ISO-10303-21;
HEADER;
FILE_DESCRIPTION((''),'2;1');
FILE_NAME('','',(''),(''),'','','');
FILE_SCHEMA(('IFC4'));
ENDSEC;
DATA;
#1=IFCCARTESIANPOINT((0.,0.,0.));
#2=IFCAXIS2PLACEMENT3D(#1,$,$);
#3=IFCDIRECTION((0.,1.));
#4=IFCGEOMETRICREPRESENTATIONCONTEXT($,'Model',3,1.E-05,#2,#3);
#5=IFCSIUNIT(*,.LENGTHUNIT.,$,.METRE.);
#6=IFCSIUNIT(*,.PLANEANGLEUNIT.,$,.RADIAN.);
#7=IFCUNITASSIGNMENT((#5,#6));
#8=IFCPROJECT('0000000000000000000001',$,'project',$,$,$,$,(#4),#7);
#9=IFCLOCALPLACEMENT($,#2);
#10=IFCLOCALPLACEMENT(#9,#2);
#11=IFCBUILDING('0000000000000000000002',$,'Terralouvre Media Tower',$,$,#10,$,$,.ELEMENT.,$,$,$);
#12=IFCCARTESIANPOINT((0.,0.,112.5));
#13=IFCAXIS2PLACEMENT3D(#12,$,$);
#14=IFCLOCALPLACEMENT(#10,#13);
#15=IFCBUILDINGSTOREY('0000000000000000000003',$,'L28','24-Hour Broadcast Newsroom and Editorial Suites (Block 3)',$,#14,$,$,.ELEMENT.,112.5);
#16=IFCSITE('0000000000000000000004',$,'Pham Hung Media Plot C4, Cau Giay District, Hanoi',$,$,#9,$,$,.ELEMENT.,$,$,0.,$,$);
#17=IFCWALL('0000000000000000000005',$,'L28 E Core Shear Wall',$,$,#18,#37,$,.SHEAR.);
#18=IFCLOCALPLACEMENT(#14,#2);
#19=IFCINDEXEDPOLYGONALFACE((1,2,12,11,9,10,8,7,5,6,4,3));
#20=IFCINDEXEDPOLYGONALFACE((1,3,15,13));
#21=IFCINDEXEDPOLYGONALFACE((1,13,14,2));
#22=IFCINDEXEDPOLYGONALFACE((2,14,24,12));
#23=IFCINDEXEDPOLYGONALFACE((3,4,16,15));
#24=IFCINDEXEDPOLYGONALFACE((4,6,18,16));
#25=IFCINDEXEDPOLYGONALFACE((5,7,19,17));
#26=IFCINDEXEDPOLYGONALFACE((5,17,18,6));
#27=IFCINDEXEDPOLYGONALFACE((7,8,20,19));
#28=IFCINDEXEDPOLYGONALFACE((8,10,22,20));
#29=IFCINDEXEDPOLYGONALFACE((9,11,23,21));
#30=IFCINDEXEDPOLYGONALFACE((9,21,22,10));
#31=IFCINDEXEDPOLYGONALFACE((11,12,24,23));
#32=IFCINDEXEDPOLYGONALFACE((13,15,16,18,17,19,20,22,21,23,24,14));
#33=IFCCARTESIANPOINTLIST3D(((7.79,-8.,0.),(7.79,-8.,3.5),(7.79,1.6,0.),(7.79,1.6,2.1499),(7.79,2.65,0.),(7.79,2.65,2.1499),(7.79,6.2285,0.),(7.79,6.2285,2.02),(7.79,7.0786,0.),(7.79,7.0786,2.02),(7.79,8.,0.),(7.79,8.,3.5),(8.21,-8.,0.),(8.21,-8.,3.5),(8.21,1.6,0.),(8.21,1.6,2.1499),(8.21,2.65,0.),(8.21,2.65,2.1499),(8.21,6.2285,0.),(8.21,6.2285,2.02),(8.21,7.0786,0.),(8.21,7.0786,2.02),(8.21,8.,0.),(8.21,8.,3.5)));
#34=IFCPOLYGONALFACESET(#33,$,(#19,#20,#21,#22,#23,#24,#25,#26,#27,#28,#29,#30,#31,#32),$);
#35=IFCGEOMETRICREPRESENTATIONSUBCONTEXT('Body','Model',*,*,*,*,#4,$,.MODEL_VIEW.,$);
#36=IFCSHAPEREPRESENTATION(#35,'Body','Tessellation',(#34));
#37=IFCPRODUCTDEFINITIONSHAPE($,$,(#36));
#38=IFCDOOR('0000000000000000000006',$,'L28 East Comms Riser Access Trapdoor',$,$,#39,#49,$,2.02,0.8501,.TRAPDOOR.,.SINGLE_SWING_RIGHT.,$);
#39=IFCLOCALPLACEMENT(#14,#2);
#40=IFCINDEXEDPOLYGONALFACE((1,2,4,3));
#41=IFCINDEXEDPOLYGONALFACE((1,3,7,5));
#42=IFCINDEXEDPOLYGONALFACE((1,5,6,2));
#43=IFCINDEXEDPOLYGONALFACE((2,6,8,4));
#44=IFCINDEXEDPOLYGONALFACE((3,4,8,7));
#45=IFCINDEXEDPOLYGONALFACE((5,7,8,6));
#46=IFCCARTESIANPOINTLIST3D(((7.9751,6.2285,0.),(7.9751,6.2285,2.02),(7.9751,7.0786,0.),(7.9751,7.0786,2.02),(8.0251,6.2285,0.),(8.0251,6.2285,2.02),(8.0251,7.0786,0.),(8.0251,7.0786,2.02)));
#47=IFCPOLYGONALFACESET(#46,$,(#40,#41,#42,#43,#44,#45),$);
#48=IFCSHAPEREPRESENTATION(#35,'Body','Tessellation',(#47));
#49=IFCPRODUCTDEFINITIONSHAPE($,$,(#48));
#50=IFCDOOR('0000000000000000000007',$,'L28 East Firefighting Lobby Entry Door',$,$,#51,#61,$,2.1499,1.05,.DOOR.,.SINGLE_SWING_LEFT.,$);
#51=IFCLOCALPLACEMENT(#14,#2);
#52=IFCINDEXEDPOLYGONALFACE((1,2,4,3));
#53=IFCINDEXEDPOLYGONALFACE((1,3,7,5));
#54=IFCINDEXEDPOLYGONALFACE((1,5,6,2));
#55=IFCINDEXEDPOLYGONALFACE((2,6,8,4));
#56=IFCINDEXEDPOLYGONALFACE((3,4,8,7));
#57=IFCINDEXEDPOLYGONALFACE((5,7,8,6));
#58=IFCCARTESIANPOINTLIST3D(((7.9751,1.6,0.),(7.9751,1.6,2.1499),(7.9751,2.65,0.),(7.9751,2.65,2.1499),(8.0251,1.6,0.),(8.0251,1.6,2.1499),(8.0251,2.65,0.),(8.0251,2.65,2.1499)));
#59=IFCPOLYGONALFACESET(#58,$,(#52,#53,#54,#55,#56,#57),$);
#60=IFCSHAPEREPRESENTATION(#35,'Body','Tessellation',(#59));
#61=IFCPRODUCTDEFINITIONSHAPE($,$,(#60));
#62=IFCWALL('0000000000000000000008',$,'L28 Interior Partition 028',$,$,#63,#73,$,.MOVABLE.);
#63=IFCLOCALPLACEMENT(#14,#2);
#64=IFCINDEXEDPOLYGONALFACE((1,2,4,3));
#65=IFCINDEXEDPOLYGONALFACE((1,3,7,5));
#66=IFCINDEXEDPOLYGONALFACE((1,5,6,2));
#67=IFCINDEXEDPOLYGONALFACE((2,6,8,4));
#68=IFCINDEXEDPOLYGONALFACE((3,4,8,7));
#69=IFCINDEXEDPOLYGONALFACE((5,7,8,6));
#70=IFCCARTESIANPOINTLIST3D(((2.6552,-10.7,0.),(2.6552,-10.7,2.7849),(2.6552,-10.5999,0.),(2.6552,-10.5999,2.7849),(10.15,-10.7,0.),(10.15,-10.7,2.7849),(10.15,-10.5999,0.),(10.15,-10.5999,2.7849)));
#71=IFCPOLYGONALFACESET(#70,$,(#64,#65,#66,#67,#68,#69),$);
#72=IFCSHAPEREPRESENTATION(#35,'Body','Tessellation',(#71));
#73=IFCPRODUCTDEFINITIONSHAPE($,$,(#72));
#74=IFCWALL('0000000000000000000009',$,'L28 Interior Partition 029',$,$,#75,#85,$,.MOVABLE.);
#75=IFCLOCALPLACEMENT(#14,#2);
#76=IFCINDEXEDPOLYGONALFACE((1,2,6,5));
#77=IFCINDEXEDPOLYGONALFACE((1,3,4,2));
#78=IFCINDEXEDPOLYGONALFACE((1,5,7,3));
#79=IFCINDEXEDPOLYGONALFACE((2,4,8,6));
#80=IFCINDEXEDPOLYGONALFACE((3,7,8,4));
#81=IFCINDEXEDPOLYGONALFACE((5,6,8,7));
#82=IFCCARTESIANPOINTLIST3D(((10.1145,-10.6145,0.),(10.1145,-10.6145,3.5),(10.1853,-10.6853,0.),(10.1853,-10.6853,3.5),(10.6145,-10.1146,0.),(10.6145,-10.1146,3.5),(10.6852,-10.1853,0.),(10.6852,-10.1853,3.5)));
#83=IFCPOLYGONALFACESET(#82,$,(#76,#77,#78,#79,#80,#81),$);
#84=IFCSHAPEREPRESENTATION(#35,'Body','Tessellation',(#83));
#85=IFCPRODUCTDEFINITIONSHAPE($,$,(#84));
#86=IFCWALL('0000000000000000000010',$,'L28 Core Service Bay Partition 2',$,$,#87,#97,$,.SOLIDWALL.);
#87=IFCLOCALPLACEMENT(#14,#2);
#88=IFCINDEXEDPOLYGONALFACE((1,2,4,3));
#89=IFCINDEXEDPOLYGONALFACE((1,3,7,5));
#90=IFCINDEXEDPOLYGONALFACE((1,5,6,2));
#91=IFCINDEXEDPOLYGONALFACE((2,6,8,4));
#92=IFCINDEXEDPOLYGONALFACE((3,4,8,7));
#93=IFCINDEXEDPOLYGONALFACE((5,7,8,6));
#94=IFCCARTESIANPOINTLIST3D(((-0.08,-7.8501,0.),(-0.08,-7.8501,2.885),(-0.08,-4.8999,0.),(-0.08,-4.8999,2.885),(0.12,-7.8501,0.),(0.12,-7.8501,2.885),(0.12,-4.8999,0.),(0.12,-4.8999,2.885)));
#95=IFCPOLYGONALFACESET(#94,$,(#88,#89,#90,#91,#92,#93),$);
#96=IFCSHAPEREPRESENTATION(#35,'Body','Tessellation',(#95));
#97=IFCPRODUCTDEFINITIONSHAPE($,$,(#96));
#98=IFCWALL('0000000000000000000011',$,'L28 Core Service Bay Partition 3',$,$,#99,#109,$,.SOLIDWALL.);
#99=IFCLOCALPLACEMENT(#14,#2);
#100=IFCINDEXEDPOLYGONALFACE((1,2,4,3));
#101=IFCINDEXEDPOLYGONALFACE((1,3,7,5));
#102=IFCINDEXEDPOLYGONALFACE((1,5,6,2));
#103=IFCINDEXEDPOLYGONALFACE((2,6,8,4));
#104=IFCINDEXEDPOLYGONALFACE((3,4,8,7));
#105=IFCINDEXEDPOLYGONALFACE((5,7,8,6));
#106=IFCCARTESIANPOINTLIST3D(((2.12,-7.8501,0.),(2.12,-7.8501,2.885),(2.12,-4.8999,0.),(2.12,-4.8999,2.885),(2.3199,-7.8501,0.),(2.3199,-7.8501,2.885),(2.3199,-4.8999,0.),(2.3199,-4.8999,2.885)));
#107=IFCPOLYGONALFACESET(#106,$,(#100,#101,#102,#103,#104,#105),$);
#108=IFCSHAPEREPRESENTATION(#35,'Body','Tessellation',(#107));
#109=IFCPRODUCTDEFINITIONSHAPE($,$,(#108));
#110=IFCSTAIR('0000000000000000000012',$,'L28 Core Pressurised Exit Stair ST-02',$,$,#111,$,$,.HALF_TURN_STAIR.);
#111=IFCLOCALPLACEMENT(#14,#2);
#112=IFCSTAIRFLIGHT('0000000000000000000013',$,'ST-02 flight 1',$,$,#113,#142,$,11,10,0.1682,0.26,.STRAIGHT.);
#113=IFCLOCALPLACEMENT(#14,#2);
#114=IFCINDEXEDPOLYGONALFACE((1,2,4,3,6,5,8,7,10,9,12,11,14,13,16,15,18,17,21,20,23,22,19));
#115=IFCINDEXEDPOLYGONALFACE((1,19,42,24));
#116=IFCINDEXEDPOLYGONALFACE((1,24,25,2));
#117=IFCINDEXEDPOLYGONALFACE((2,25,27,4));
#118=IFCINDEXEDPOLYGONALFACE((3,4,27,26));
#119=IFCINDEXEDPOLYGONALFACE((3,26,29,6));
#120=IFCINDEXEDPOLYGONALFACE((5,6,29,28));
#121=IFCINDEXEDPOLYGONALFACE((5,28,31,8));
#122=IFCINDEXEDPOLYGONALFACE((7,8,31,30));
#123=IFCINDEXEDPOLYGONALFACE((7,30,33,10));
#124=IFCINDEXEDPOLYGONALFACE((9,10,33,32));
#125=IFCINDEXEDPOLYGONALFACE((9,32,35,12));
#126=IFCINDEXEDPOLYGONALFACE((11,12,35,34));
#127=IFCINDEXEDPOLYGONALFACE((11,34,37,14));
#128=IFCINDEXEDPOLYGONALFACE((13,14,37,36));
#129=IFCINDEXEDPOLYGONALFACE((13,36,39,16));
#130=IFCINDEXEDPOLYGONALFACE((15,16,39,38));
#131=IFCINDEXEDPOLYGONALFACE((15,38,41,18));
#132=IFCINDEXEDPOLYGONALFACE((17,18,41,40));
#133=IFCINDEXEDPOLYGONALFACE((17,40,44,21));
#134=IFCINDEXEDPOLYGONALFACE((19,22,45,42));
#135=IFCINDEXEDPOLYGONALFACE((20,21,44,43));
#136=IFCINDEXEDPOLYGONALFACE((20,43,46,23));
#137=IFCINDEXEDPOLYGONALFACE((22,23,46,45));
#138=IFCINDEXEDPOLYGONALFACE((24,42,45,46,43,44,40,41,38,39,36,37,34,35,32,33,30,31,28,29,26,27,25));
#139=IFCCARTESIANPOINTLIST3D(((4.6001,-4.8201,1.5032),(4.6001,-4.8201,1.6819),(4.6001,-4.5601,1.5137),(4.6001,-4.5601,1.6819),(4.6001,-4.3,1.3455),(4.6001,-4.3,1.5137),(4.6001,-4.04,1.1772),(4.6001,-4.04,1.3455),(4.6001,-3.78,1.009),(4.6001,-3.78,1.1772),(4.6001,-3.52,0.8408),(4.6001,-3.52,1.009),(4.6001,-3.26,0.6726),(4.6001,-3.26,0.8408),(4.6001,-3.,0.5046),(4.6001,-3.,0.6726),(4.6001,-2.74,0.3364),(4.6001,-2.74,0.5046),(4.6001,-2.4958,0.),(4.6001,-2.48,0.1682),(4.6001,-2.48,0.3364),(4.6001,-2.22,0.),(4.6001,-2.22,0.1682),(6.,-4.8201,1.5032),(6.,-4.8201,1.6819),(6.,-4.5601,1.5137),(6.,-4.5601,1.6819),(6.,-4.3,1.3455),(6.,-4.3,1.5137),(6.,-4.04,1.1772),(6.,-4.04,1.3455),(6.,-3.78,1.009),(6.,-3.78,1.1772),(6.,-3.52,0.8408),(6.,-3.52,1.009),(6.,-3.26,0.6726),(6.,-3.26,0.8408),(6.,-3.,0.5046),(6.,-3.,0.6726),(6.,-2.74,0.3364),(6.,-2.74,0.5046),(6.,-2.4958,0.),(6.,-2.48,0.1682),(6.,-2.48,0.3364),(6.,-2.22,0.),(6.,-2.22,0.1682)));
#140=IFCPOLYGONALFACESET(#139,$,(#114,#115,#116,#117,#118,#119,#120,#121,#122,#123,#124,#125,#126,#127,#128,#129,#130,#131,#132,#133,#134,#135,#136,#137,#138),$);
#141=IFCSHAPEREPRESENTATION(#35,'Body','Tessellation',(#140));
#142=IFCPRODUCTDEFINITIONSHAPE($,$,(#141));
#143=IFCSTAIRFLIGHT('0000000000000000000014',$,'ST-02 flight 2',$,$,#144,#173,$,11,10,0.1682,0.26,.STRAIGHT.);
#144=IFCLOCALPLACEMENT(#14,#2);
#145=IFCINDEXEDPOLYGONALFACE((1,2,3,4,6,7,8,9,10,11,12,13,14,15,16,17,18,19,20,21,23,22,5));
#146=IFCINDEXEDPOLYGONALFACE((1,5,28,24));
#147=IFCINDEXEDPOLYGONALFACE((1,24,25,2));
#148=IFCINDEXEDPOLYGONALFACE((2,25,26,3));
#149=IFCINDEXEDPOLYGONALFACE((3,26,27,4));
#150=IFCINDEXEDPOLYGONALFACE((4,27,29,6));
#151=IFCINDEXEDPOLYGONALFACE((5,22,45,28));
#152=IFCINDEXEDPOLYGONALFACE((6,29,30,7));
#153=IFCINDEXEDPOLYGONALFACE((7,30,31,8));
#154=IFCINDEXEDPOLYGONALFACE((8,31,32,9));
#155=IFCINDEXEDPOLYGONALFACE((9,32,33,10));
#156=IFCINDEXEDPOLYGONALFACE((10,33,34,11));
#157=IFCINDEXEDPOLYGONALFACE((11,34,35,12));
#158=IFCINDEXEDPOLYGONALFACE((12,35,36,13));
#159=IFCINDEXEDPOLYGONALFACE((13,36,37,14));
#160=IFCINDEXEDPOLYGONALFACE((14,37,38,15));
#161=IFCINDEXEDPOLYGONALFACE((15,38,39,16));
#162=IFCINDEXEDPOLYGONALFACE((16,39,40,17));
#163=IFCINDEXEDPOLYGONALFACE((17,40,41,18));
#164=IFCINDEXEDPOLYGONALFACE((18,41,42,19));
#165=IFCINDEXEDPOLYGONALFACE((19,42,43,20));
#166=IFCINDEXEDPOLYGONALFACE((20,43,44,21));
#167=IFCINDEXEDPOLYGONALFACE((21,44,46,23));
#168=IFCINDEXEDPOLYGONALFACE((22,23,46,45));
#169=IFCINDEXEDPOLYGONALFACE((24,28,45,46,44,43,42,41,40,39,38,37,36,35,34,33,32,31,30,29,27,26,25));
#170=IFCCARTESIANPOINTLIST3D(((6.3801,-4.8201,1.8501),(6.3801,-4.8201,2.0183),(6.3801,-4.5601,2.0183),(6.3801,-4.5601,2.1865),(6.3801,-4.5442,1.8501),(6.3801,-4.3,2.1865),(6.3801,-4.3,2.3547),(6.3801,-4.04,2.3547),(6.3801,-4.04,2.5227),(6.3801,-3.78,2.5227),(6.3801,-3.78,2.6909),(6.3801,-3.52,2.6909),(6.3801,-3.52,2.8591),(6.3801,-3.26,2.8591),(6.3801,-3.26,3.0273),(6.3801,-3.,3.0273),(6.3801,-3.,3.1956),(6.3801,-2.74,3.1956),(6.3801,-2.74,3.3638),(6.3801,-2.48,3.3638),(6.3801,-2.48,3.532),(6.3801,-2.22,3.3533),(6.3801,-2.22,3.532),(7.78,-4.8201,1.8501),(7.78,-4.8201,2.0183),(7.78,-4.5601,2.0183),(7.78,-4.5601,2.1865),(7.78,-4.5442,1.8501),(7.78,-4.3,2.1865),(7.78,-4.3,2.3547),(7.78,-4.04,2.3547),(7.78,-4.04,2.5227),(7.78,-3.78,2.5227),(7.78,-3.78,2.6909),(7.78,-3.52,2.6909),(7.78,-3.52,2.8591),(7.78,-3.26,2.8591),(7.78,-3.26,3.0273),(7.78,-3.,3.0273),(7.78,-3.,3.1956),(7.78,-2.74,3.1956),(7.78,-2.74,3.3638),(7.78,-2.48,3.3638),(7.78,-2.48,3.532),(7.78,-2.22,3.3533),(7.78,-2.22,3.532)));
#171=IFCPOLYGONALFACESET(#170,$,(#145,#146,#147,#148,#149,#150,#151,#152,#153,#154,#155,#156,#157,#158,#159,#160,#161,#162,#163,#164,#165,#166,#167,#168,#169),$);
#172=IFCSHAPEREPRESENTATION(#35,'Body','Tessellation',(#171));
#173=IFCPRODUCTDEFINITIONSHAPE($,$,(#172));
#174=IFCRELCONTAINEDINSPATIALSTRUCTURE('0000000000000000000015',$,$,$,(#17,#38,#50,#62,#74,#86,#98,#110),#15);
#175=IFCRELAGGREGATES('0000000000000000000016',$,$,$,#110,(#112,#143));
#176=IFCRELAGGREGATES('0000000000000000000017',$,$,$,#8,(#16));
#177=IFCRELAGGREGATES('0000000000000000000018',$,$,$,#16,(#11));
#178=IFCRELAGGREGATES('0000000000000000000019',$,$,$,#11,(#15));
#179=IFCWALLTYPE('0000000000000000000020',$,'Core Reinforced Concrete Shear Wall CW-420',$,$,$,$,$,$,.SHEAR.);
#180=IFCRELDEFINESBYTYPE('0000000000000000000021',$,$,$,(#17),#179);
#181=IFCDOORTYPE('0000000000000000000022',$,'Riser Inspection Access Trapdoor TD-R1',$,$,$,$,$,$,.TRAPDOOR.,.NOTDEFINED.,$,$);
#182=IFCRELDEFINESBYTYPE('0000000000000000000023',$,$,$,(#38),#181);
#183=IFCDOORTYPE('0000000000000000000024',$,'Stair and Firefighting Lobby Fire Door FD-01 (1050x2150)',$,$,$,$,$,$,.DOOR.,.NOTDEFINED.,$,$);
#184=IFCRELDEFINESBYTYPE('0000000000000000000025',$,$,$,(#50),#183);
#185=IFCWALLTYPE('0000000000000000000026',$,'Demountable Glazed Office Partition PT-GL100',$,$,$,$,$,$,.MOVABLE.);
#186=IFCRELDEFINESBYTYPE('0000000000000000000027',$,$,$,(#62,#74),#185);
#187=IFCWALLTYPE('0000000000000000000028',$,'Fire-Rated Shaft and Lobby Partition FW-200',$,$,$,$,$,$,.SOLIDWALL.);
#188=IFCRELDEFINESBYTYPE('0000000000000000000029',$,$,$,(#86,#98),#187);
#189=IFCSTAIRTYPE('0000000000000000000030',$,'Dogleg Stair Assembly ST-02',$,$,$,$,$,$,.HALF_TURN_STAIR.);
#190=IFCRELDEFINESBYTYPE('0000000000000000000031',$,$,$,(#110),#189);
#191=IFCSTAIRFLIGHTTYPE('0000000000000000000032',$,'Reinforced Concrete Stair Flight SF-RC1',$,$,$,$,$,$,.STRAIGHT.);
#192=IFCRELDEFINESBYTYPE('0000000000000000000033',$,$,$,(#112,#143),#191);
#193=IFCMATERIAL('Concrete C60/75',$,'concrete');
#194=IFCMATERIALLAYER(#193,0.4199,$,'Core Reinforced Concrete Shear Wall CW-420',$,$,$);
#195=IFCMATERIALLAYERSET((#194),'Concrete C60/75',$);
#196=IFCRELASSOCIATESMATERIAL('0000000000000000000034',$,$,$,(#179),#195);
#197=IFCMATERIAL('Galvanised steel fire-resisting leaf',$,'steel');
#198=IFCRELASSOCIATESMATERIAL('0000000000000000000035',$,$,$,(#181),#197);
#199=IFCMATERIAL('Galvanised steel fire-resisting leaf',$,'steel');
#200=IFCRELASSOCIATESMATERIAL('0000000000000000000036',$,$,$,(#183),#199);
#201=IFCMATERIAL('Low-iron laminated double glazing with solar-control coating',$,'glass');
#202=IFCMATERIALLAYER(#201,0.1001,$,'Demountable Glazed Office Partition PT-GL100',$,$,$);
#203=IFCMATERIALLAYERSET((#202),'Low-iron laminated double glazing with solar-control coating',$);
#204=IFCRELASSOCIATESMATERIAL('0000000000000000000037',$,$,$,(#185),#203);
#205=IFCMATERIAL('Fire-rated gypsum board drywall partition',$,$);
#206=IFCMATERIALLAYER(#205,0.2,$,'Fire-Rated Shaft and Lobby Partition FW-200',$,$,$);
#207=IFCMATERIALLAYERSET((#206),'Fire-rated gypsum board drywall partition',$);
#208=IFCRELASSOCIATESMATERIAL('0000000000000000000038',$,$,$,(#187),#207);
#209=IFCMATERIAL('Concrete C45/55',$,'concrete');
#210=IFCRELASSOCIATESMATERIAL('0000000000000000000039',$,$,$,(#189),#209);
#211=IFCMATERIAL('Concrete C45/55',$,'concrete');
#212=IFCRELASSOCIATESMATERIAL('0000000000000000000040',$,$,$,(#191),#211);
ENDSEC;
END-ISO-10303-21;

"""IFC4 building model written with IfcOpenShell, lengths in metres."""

from ifc_helpers import new_model, si_unit, direction, frame, frame_2d, origin, place, context, subcontext, project, spatial, polyline, rectangle, outline, extrude, material, layer, layer_set, type_object, element, fill, aggregate, save


model = new_model("IFC4")

# Units and contexts
model_context = context("Model", 3, precision=1e-05, world=origin(), true_north=direction((0.0, 1.0)))
body_context = subcontext(model_context, "Body", "Model", "MODEL_VIEW")
ifc_project = project(units=[si_unit("LENGTHUNIT", "METRE"), si_unit("PLANEANGLEUNIT", "RADIAN")], contexts=[model_context])

# Site, building, storey
site_placement = place(None, origin())
site = spatial("IfcSite", under=ifc_project, at=site_placement, Name="Pham Hung Media Plot C4, Cau Giay District, Hanoi", CompositionType="ELEMENT", RefElevation=0.0)
building_placement = place(site_placement, origin())
building = spatial("IfcBuilding", under=site, at=building_placement, Name="Terralouvre Media Tower", CompositionType="ELEMENT")
storey_placement = place(building_placement, frame((0.0, 0.0, 112.5)))
storey = spatial("IfcBuildingStorey", under=building, at=storey_placement, Name="L28", Description="24-Hour Broadcast Newsroom and Editorial Suites (Block 3)", CompositionType="ELEMENT", Elevation=112.5)

# Wall, openings, doors
ifc_material_1 = material(Name="Concrete C60/75", Category="concrete")
ifc_layer_1 = layer(ifc_material_1, 0.4199, Name="Core Reinforced Concrete Shear Wall CW-420")
ifc_layer_set_1 = layer_set([ifc_layer_1], Name="Concrete C60/75")
wall_type_1 = type_object("IfcWallType", Name="Core Reinforced Concrete Shear Wall CW-420", PredefinedType="SHEAR", material=ifc_layer_set_1)
wall_1_placement = place(storey_placement, frame((8.0, -8.0, 0.0), z_axis=(0.0, 0.0, 1.0), x_axis=(0.0, 1.0, 0.0)))
wall_1 = element("IfcWall", 1, at=wall_1_placement, inside=storey, type_object=wall_type_1, Name="L28 E Core Shear Wall", PredefinedType="SHEAR", context=body_context, shape_type="SweptSolid", body=[
    extrude(rectangle(XDim=16.0, YDim=0.4199, at=frame_2d((8.0, 0.0))), origin(), (0.0, 0.0, 1.0), 3.5),
])
opening_1_placement = place(wall_1_placement, frame((9.6001, 0.0, 0.0)))
opening_1 = element("IfcOpeningElement", 2, at=opening_1_placement, cuts=wall_1, PredefinedType="OPENING", context=body_context, shape_type="SweptSolid", body=[
    extrude(rectangle(XDim=1.05, YDim=2.1499, at=frame_2d((0.5249, 1.075))), frame((0.0, 0.22, 0.0), z_axis=(0.0, -1.0, 0.0), x_axis=(1.0, 0.0, 0.0)), (0.0, 0.0, 1.0), 0.4399),
])
opening_2_placement = place(wall_1_placement, frame((14.2285, 0.0, 0.0)))
opening_2 = element("IfcOpeningElement", 3, at=opening_2_placement, cuts=wall_1, PredefinedType="OPENING", context=body_context, shape_type="SweptSolid", body=[
    extrude(rectangle(XDim=0.8501, YDim=2.02, at=frame_2d((0.425, 1.01))), frame((0.0, 0.22, 0.0), z_axis=(0.0, -1.0, 0.0), x_axis=(1.0, 0.0, 0.0)), (0.0, 0.0, 1.0), 0.4399),
])
ifc_material_2 = material(Name="Galvanised steel fire-resisting leaf", Category="steel")
door_type_1 = type_object("IfcDoorType", Name="Riser Inspection Access Trapdoor TD-R1", OperationType="NOTDEFINED", PredefinedType="TRAPDOOR", material=ifc_material_2)
door_1_placement = place(opening_2_placement, origin())
door_1 = element("IfcDoor", 4, at=door_1_placement, inside=storey, type_object=door_type_1, Name="L28 East Comms Riser Access Trapdoor", OperationType="SINGLE_SWING_RIGHT", OverallHeight=2.02, OverallWidth=0.8501, PredefinedType="TRAPDOOR", context=body_context, shape_type="SweptSolid", body=[
    extrude(rectangle(XDim=0.8501, YDim=2.02, at=frame_2d((0.425, 1.01))), frame((0.0, 0.0249, 0.0), z_axis=(0.0, -1.0, 0.0), x_axis=(1.0, 0.0, 0.0)), (0.0, 0.0, 1.0), 0.05),
])
fill(opening_2, door_1)
ifc_material_3 = material(Name="Galvanised steel fire-resisting leaf", Category="steel")
door_type_2 = type_object("IfcDoorType", Name="Stair and Firefighting Lobby Fire Door FD-01 (1050x2150)", OperationType="NOTDEFINED", PredefinedType="DOOR", material=ifc_material_3)
door_2_placement = place(opening_1_placement, origin())
door_2 = element("IfcDoor", 5, at=door_2_placement, inside=storey, type_object=door_type_2, Name="L28 East Firefighting Lobby Entry Door", OperationType="SINGLE_SWING_LEFT", OverallHeight=2.1499, OverallWidth=1.05, PredefinedType="DOOR", context=body_context, shape_type="SweptSolid", body=[
    extrude(rectangle(XDim=1.05, YDim=2.1499, at=frame_2d((0.5249, 1.075))), frame((0.0, 0.0249, 0.0), z_axis=(0.0, -1.0, 0.0), x_axis=(1.0, 0.0, 0.0)), (0.0, 0.0, 1.0), 0.05),
])
fill(opening_1, door_2)

# Walls
ifc_material_4 = material(Name="Low-iron laminated double glazing with solar-control coating", Category="glass")
ifc_layer_2 = layer(ifc_material_4, 0.1001, Name="Demountable Glazed Office Partition PT-GL100")
ifc_layer_set_2 = layer_set([ifc_layer_2], Name="Low-iron laminated double glazing with solar-control coating")
wall_type_2 = type_object("IfcWallType", Name="Demountable Glazed Office Partition PT-GL100", PredefinedType="MOVABLE", material=ifc_layer_set_2)
wall_2_placement = place(storey_placement, frame((2.655, -10.6499, 0.0), z_axis=(0.0, 0.0, 1.0), x_axis=(1.0, 0.0, 0.0)))
element("IfcWall", 6, at=wall_2_placement, inside=storey, type_object=wall_type_2, Name="L28 Interior Partition 028", PredefinedType="MOVABLE", context=body_context, shape_type="SweptSolid", body=[
    extrude(rectangle(XDim=7.4949, YDim=0.1001, at=frame_2d((3.7476, 0.0))), origin(), (0.0, 0.0, 1.0), 2.7849),
])
wall_3_placement = place(storey_placement, frame((10.1499, -10.6499, 0.0), z_axis=(0.0, 0.0, 1.0), x_axis=(0.707107, 0.707107, 0.0)))
element("IfcWall", 7, at=wall_3_placement, inside=storey, type_object=wall_type_2, Name="L28 Interior Partition 029", PredefinedType="MOVABLE", context=body_context, shape_type="SweptSolid", body=[
    extrude(rectangle(XDim=0.707, YDim=0.1001, at=frame_2d((0.3535, 0.0))), origin(), (0.0, 0.0, 1.0), 3.5),
])
ifc_material_5 = material(Name="Fire-rated gypsum board drywall partition")
ifc_layer_3 = layer(ifc_material_5, 0.2, Name="Fire-Rated Shaft and Lobby Partition FW-200")
ifc_layer_set_3 = layer_set([ifc_layer_3], Name="Fire-rated gypsum board drywall partition")
wall_type_3 = type_object("IfcWallType", Name="Fire-Rated Shaft and Lobby Partition FW-200", PredefinedType="SOLIDWALL", material=ifc_layer_set_3)
for number, where, z_axis, x_axis, name in (
    (8, (0.02, -7.8501, 0.0), (0.0, 0.0, 1.0), (0.0, 1.0, 0.0), "L28 Core Service Bay Partition 2"),
    (9, (2.22, -7.8501, 0.0), (0.0, 0.0, 1.0), (0.0, 1.0, 0.0), "L28 Core Service Bay Partition 3"),
):
    element("IfcWall", number, at=place(storey_placement, frame(where, z_axis=z_axis, x_axis=x_axis)), inside=storey, type_object=wall_type_3, Name=name, PredefinedType="SOLIDWALL", context=body_context, shape_type="SweptSolid", body=[
        extrude(rectangle(XDim=2.9502, YDim=0.2, at=frame_2d((1.4751, 0.0))), origin(), (0.0, 0.0, 1.0), 2.885),
    ])

# Stair, stair flights
ifc_material_6 = material(Name="Concrete C45/55", Category="concrete")
stair_type = type_object("IfcStairType", Name="Dogleg Stair Assembly ST-02", PredefinedType="HALF_TURN_STAIR", material=ifc_material_6)
stair_placement = place(storey_placement, origin())
stair = element("IfcStair", 10, at=stair_placement, inside=storey, type_object=stair_type, Name="L28 Core Pressurised Exit Stair ST-02", PredefinedType="HALF_TURN_STAIR")
ifc_material_7 = material(Name="Concrete C45/55", Category="concrete")
stair_flight_type = type_object("IfcStairFlightType", Name="Reinforced Concrete Stair Flight SF-RC1", PredefinedType="STRAIGHT", material=ifc_material_7)
stair_flight_1_placement = place(storey_placement, frame((5.3, -2.22, 0.0), z_axis=(0.0, 0.0, 1.0), x_axis=(0.0, -1.0, 0.0)))
stair_flight_1 = element("IfcStairFlight", 11, at=stair_flight_1_placement, type_object=stair_flight_type, Name="ST-02 flight 1", NumberOfRisers=11, NumberOfTreads=10, PredefinedType="STRAIGHT", RiserHeight=0.1682, TreadLength=0.26, context=body_context, shape_type="SweptSolid", body=[
    extrude(outline(polyline([(0.0, 0.0), (0.0, 0.1682), (0.26, 0.1682), (0.26, 0.3364), (0.52, 0.3364), (0.52, 0.5046), (0.78, 0.5046), (0.78, 0.6726), (1.04, 0.6726), (1.04, 0.8408), (1.3, 0.8408), (1.3, 1.009), (1.5601, 1.009), (1.5601, 1.1772), (1.8201, 1.1772), (1.8201, 1.3455), (2.0801, 1.3455), (2.0801, 1.5137), (2.3401, 1.5137), (2.3401, 1.6819), (2.6001, 1.6819), (2.6001, 1.8501), (2.6001, 1.5032), (0.2759, 0.0), (0.0, 0.0)])), frame((0.0, 0.7, 0.0), z_axis=(0.0, -1.0, 0.0), x_axis=(1.0, 0.0, 0.0)), (0.0, 0.0, 1.0), 1.3999),
])
stair_flight_2_placement = place(storey_placement, frame((7.0801, -4.8201, 1.8501), z_axis=(0.0, 0.0, 1.0), x_axis=(0.0, 1.0, 0.0)))
stair_flight_2 = element("IfcStairFlight", 12, at=stair_flight_2_placement, type_object=stair_flight_type, Name="ST-02 flight 2", NumberOfRisers=11, NumberOfTreads=10, PredefinedType="STRAIGHT", RiserHeight=0.1682, TreadLength=0.26, context=body_context, shape_type="SweptSolid", body=[
    extrude(outline(polyline([(0.0, 0.0), (0.0, 0.1682), (0.26, 0.1682), (0.26, 0.3364), (0.52, 0.3364), (0.52, 0.5046), (0.78, 0.5046), (0.78, 0.6726), (1.04, 0.6726), (1.04, 0.8408), (1.3, 0.8408), (1.3, 1.009), (1.5601, 1.009), (1.5601, 1.1772), (1.8201, 1.1772), (1.8201, 1.3455), (2.0801, 1.3455), (2.0801, 1.5137), (2.3401, 1.5137), (2.3401, 1.6819), (2.6001, 1.6819), (2.6001, 1.8501), (2.6001, 1.5032), (0.2759, 0.0), (0.0, 0.0)])), frame((0.0, 0.7, 0.0), z_axis=(0.0, -1.0, 0.0), x_axis=(1.0, 0.0, 0.0)), (0.0, 0.0, 1.0), 1.3999),
])
aggregate(stair, [stair_flight_1, stair_flight_2])

save(model, "model.ifc")
